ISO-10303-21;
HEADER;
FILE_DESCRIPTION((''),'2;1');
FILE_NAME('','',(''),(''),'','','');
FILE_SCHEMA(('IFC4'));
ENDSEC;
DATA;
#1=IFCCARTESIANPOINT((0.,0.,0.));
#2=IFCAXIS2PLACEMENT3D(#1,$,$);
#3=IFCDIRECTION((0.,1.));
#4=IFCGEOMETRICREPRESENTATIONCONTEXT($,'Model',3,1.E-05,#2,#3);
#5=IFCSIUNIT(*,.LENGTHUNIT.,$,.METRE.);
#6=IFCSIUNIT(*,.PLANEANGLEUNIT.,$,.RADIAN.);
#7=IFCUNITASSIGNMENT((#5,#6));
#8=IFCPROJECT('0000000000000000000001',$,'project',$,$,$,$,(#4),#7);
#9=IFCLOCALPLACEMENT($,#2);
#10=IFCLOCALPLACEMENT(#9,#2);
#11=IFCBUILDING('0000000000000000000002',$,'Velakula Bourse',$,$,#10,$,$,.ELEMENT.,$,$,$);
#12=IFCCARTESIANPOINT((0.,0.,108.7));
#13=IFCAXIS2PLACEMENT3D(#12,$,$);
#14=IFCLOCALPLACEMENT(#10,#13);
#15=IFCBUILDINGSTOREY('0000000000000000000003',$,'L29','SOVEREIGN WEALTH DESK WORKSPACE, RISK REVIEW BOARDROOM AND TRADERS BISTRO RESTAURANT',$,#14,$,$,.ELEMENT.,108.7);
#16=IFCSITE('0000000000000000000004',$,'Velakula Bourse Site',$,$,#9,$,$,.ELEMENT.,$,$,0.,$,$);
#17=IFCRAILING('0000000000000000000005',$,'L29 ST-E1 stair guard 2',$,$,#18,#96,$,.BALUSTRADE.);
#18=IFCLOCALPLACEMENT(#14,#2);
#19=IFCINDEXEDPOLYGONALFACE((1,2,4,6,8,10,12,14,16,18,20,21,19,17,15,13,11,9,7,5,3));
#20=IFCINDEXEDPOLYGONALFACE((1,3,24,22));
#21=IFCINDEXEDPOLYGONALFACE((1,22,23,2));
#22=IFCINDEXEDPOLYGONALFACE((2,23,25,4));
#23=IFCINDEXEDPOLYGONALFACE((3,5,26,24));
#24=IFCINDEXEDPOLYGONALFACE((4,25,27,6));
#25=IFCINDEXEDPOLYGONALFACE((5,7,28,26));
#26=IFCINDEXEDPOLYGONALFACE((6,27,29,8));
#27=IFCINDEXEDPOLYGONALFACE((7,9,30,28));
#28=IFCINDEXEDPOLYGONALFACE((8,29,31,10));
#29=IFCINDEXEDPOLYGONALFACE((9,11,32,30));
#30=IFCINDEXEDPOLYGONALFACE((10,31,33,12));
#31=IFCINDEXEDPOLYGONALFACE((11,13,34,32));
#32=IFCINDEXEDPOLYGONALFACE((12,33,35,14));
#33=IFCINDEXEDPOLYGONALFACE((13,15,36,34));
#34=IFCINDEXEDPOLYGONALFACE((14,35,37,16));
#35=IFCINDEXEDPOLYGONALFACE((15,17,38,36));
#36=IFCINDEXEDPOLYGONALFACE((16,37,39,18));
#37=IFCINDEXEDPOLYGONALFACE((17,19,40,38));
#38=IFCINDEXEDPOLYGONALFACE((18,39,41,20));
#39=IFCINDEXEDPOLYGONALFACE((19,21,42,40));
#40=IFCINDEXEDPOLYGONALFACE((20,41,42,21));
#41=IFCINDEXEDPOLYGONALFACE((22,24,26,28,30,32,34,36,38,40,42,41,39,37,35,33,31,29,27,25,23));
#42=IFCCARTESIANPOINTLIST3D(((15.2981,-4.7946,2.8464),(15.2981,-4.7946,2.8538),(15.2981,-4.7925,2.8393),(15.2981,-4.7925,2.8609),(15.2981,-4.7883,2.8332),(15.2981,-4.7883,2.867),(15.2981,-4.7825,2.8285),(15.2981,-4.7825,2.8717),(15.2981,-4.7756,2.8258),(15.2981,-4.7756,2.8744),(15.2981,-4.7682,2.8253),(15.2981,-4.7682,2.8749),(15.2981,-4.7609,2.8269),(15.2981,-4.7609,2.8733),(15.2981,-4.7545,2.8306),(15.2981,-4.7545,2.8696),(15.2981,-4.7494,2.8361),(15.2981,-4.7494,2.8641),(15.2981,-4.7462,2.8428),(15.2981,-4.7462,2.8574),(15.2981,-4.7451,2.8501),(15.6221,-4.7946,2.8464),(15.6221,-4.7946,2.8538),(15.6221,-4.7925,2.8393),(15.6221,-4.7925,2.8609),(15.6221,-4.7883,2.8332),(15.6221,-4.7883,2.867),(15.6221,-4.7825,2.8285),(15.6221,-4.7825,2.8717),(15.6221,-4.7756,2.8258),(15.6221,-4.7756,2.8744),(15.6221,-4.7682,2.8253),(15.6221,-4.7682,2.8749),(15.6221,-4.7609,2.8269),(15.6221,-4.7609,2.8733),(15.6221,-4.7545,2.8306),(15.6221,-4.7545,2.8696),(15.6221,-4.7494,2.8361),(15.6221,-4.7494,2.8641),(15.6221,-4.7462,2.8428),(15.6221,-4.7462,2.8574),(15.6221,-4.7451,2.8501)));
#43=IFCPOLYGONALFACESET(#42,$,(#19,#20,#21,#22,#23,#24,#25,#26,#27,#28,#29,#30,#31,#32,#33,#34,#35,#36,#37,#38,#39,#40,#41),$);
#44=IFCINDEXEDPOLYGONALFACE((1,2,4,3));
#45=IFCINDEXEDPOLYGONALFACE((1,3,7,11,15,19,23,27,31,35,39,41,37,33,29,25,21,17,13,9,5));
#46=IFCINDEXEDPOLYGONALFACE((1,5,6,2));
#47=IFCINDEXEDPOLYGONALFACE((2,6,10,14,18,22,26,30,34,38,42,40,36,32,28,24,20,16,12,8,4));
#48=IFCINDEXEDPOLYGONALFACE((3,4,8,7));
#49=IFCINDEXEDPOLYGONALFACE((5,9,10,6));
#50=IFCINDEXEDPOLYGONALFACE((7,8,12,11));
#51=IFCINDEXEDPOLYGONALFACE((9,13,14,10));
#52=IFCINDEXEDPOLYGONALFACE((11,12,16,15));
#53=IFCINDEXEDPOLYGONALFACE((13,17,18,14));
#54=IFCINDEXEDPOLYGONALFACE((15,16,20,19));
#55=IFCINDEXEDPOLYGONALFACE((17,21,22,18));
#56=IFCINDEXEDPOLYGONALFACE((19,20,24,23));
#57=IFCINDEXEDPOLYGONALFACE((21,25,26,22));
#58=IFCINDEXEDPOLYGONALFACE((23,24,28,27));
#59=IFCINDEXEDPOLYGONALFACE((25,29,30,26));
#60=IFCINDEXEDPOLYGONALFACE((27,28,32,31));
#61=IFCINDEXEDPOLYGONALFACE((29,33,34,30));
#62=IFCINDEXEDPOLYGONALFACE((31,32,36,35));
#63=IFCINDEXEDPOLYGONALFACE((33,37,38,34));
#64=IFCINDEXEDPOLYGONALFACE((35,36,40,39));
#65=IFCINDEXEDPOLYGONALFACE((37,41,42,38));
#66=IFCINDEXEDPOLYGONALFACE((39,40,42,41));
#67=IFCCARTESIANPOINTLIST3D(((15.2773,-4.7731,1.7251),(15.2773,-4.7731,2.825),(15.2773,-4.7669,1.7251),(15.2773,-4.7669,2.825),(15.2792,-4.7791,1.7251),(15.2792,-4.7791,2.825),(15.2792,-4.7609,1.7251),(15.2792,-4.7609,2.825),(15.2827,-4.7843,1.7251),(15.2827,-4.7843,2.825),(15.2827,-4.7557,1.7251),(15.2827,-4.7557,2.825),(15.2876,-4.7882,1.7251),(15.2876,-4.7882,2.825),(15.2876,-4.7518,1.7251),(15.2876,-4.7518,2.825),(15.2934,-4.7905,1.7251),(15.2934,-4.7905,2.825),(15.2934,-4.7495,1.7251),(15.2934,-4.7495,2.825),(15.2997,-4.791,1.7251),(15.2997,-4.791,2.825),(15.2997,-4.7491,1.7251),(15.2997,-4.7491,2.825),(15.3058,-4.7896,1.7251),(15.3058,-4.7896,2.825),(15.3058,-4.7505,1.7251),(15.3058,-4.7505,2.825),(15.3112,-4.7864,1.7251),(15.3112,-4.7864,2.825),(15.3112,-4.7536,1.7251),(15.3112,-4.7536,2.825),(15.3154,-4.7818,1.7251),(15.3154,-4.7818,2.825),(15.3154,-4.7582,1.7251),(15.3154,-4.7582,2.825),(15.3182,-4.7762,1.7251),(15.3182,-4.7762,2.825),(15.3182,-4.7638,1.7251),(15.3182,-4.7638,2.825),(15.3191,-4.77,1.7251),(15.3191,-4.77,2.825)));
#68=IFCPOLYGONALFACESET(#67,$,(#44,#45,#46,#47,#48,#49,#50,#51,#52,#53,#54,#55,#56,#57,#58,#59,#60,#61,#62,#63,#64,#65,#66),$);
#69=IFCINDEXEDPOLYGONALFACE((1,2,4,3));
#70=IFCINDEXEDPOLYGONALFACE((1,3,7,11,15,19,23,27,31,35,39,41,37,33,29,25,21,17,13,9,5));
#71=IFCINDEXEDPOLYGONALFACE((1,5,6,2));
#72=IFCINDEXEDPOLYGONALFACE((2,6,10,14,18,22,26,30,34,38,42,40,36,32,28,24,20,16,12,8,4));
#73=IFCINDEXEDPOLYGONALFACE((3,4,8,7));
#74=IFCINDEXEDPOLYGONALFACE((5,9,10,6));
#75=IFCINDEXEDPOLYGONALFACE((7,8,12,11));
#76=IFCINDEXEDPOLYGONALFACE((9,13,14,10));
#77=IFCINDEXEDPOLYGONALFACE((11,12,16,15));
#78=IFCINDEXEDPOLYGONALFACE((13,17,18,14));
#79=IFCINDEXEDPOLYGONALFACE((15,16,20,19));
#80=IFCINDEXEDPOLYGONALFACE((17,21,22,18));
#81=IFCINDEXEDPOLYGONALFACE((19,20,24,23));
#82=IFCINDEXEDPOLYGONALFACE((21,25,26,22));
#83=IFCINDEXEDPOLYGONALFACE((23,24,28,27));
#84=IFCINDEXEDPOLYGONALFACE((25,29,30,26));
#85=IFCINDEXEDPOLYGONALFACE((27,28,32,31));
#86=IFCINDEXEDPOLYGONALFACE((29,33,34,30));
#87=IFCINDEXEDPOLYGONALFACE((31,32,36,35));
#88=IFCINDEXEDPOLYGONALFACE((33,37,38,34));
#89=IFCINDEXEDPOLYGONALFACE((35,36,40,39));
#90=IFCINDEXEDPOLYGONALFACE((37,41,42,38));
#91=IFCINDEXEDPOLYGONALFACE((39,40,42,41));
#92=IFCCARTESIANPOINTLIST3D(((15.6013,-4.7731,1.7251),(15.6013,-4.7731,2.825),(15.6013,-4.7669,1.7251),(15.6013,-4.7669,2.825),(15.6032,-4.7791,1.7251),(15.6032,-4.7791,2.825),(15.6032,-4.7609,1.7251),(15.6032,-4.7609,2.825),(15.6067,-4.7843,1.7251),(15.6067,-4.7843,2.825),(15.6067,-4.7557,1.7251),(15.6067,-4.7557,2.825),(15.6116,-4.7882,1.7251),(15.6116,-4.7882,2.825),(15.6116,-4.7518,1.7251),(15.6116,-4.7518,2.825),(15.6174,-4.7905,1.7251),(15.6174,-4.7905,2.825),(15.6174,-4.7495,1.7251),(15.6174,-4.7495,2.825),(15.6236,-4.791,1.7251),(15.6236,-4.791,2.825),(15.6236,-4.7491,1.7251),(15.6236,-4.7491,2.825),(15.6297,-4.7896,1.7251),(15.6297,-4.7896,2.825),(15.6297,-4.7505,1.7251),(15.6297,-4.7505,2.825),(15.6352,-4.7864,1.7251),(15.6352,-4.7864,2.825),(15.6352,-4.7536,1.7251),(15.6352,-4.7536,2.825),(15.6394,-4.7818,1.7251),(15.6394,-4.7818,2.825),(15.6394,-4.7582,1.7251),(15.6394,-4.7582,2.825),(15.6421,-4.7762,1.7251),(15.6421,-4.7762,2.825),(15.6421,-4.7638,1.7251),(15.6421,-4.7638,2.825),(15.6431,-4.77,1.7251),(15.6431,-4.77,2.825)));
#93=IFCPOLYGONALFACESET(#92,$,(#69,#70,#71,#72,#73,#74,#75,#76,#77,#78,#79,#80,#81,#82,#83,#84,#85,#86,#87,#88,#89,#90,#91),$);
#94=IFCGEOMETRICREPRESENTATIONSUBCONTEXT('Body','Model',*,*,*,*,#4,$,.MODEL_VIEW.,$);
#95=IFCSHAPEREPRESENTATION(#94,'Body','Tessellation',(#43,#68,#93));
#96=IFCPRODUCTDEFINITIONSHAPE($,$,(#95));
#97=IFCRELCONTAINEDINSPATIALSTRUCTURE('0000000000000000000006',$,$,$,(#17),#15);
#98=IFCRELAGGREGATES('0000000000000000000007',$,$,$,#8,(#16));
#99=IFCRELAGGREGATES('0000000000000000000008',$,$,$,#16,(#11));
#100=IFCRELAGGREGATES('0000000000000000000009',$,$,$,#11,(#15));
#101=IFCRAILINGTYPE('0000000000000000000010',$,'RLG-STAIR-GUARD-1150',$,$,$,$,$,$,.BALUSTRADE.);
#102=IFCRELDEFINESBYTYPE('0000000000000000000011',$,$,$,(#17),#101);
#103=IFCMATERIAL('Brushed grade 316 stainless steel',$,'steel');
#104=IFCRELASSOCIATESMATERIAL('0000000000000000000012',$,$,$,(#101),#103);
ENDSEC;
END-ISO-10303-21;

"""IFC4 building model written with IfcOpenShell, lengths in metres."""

from ifc_helpers import new_model, si_unit, direction, frame, origin, origin_2d, place, context, subcontext, project, spatial, circle, extrude, material, type_object, element, save


model = new_model("IFC4")

# Units and contexts
model_context = context("Model", 3, precision=1e-05, world=origin(), true_north=direction((0.0, 1.0)))
body_context = subcontext(model_context, "Body", "Model", "MODEL_VIEW")
ifc_project = project(units=[si_unit("LENGTHUNIT", "METRE"), si_unit("PLANEANGLEUNIT", "RADIAN")], contexts=[model_context])

# Site, building, storey
site_placement = place(None, origin())
site = spatial("IfcSite", under=ifc_project, at=site_placement, Name="Velakula Bourse Site", CompositionType="ELEMENT", RefElevation=0.0)
building_placement = place(site_placement, origin())
building = spatial("IfcBuilding", under=site, at=building_placement, Name="Velakula Bourse", CompositionType="ELEMENT")
storey_placement = place(building_placement, frame((0.0, 0.0, 108.7)))
storey = spatial("IfcBuildingStorey", under=building, at=storey_placement, Name="L29", Description="SOVEREIGN WEALTH DESK WORKSPACE, RISK REVIEW BOARDROOM AND TRADERS BISTRO RESTAURANT", CompositionType="ELEMENT", Elevation=108.7)

# Shared definitions
ifc_material_1 = material(Name="Brushed grade 316 stainless steel", Category="steel")

# Railing
railing_type_1 = type_object("IfcRailingType", Name="RLG-STAIR-GUARD-1150", PredefinedType="BALUSTRADE", material=ifc_material_1)
railing_1_placement = place(storey_placement, frame((15.2981, -4.77, 1.7251)))
element("IfcRailing", 1, at=railing_1_placement, inside=storey, type_object=railing_type_1, Name="L29 ST-E1 stair guard 2", PredefinedType="BALUSTRADE", context=body_context, shape_type="SweptSolid", body=[
    extrude(circle(Radius=0.0249, at=origin_2d()), frame((0.0, 0.0, 1.125), z_axis=(1.0, 0.0, 0.0), x_axis=(0.0, 1.0, 0.0)), (0.0, 0.0, 1.0), 0.324),
    extrude(circle(Radius=0.021, at=origin_2d()), origin(), (0.0, 0.0, 1.0), 1.0999),
    extrude(circle(Radius=0.021, at=origin_2d()), frame((0.324, 0.0, 0.0)), (0.0, 0.0, 1.0), 1.0999),
])

save(model, "model.ifc")
